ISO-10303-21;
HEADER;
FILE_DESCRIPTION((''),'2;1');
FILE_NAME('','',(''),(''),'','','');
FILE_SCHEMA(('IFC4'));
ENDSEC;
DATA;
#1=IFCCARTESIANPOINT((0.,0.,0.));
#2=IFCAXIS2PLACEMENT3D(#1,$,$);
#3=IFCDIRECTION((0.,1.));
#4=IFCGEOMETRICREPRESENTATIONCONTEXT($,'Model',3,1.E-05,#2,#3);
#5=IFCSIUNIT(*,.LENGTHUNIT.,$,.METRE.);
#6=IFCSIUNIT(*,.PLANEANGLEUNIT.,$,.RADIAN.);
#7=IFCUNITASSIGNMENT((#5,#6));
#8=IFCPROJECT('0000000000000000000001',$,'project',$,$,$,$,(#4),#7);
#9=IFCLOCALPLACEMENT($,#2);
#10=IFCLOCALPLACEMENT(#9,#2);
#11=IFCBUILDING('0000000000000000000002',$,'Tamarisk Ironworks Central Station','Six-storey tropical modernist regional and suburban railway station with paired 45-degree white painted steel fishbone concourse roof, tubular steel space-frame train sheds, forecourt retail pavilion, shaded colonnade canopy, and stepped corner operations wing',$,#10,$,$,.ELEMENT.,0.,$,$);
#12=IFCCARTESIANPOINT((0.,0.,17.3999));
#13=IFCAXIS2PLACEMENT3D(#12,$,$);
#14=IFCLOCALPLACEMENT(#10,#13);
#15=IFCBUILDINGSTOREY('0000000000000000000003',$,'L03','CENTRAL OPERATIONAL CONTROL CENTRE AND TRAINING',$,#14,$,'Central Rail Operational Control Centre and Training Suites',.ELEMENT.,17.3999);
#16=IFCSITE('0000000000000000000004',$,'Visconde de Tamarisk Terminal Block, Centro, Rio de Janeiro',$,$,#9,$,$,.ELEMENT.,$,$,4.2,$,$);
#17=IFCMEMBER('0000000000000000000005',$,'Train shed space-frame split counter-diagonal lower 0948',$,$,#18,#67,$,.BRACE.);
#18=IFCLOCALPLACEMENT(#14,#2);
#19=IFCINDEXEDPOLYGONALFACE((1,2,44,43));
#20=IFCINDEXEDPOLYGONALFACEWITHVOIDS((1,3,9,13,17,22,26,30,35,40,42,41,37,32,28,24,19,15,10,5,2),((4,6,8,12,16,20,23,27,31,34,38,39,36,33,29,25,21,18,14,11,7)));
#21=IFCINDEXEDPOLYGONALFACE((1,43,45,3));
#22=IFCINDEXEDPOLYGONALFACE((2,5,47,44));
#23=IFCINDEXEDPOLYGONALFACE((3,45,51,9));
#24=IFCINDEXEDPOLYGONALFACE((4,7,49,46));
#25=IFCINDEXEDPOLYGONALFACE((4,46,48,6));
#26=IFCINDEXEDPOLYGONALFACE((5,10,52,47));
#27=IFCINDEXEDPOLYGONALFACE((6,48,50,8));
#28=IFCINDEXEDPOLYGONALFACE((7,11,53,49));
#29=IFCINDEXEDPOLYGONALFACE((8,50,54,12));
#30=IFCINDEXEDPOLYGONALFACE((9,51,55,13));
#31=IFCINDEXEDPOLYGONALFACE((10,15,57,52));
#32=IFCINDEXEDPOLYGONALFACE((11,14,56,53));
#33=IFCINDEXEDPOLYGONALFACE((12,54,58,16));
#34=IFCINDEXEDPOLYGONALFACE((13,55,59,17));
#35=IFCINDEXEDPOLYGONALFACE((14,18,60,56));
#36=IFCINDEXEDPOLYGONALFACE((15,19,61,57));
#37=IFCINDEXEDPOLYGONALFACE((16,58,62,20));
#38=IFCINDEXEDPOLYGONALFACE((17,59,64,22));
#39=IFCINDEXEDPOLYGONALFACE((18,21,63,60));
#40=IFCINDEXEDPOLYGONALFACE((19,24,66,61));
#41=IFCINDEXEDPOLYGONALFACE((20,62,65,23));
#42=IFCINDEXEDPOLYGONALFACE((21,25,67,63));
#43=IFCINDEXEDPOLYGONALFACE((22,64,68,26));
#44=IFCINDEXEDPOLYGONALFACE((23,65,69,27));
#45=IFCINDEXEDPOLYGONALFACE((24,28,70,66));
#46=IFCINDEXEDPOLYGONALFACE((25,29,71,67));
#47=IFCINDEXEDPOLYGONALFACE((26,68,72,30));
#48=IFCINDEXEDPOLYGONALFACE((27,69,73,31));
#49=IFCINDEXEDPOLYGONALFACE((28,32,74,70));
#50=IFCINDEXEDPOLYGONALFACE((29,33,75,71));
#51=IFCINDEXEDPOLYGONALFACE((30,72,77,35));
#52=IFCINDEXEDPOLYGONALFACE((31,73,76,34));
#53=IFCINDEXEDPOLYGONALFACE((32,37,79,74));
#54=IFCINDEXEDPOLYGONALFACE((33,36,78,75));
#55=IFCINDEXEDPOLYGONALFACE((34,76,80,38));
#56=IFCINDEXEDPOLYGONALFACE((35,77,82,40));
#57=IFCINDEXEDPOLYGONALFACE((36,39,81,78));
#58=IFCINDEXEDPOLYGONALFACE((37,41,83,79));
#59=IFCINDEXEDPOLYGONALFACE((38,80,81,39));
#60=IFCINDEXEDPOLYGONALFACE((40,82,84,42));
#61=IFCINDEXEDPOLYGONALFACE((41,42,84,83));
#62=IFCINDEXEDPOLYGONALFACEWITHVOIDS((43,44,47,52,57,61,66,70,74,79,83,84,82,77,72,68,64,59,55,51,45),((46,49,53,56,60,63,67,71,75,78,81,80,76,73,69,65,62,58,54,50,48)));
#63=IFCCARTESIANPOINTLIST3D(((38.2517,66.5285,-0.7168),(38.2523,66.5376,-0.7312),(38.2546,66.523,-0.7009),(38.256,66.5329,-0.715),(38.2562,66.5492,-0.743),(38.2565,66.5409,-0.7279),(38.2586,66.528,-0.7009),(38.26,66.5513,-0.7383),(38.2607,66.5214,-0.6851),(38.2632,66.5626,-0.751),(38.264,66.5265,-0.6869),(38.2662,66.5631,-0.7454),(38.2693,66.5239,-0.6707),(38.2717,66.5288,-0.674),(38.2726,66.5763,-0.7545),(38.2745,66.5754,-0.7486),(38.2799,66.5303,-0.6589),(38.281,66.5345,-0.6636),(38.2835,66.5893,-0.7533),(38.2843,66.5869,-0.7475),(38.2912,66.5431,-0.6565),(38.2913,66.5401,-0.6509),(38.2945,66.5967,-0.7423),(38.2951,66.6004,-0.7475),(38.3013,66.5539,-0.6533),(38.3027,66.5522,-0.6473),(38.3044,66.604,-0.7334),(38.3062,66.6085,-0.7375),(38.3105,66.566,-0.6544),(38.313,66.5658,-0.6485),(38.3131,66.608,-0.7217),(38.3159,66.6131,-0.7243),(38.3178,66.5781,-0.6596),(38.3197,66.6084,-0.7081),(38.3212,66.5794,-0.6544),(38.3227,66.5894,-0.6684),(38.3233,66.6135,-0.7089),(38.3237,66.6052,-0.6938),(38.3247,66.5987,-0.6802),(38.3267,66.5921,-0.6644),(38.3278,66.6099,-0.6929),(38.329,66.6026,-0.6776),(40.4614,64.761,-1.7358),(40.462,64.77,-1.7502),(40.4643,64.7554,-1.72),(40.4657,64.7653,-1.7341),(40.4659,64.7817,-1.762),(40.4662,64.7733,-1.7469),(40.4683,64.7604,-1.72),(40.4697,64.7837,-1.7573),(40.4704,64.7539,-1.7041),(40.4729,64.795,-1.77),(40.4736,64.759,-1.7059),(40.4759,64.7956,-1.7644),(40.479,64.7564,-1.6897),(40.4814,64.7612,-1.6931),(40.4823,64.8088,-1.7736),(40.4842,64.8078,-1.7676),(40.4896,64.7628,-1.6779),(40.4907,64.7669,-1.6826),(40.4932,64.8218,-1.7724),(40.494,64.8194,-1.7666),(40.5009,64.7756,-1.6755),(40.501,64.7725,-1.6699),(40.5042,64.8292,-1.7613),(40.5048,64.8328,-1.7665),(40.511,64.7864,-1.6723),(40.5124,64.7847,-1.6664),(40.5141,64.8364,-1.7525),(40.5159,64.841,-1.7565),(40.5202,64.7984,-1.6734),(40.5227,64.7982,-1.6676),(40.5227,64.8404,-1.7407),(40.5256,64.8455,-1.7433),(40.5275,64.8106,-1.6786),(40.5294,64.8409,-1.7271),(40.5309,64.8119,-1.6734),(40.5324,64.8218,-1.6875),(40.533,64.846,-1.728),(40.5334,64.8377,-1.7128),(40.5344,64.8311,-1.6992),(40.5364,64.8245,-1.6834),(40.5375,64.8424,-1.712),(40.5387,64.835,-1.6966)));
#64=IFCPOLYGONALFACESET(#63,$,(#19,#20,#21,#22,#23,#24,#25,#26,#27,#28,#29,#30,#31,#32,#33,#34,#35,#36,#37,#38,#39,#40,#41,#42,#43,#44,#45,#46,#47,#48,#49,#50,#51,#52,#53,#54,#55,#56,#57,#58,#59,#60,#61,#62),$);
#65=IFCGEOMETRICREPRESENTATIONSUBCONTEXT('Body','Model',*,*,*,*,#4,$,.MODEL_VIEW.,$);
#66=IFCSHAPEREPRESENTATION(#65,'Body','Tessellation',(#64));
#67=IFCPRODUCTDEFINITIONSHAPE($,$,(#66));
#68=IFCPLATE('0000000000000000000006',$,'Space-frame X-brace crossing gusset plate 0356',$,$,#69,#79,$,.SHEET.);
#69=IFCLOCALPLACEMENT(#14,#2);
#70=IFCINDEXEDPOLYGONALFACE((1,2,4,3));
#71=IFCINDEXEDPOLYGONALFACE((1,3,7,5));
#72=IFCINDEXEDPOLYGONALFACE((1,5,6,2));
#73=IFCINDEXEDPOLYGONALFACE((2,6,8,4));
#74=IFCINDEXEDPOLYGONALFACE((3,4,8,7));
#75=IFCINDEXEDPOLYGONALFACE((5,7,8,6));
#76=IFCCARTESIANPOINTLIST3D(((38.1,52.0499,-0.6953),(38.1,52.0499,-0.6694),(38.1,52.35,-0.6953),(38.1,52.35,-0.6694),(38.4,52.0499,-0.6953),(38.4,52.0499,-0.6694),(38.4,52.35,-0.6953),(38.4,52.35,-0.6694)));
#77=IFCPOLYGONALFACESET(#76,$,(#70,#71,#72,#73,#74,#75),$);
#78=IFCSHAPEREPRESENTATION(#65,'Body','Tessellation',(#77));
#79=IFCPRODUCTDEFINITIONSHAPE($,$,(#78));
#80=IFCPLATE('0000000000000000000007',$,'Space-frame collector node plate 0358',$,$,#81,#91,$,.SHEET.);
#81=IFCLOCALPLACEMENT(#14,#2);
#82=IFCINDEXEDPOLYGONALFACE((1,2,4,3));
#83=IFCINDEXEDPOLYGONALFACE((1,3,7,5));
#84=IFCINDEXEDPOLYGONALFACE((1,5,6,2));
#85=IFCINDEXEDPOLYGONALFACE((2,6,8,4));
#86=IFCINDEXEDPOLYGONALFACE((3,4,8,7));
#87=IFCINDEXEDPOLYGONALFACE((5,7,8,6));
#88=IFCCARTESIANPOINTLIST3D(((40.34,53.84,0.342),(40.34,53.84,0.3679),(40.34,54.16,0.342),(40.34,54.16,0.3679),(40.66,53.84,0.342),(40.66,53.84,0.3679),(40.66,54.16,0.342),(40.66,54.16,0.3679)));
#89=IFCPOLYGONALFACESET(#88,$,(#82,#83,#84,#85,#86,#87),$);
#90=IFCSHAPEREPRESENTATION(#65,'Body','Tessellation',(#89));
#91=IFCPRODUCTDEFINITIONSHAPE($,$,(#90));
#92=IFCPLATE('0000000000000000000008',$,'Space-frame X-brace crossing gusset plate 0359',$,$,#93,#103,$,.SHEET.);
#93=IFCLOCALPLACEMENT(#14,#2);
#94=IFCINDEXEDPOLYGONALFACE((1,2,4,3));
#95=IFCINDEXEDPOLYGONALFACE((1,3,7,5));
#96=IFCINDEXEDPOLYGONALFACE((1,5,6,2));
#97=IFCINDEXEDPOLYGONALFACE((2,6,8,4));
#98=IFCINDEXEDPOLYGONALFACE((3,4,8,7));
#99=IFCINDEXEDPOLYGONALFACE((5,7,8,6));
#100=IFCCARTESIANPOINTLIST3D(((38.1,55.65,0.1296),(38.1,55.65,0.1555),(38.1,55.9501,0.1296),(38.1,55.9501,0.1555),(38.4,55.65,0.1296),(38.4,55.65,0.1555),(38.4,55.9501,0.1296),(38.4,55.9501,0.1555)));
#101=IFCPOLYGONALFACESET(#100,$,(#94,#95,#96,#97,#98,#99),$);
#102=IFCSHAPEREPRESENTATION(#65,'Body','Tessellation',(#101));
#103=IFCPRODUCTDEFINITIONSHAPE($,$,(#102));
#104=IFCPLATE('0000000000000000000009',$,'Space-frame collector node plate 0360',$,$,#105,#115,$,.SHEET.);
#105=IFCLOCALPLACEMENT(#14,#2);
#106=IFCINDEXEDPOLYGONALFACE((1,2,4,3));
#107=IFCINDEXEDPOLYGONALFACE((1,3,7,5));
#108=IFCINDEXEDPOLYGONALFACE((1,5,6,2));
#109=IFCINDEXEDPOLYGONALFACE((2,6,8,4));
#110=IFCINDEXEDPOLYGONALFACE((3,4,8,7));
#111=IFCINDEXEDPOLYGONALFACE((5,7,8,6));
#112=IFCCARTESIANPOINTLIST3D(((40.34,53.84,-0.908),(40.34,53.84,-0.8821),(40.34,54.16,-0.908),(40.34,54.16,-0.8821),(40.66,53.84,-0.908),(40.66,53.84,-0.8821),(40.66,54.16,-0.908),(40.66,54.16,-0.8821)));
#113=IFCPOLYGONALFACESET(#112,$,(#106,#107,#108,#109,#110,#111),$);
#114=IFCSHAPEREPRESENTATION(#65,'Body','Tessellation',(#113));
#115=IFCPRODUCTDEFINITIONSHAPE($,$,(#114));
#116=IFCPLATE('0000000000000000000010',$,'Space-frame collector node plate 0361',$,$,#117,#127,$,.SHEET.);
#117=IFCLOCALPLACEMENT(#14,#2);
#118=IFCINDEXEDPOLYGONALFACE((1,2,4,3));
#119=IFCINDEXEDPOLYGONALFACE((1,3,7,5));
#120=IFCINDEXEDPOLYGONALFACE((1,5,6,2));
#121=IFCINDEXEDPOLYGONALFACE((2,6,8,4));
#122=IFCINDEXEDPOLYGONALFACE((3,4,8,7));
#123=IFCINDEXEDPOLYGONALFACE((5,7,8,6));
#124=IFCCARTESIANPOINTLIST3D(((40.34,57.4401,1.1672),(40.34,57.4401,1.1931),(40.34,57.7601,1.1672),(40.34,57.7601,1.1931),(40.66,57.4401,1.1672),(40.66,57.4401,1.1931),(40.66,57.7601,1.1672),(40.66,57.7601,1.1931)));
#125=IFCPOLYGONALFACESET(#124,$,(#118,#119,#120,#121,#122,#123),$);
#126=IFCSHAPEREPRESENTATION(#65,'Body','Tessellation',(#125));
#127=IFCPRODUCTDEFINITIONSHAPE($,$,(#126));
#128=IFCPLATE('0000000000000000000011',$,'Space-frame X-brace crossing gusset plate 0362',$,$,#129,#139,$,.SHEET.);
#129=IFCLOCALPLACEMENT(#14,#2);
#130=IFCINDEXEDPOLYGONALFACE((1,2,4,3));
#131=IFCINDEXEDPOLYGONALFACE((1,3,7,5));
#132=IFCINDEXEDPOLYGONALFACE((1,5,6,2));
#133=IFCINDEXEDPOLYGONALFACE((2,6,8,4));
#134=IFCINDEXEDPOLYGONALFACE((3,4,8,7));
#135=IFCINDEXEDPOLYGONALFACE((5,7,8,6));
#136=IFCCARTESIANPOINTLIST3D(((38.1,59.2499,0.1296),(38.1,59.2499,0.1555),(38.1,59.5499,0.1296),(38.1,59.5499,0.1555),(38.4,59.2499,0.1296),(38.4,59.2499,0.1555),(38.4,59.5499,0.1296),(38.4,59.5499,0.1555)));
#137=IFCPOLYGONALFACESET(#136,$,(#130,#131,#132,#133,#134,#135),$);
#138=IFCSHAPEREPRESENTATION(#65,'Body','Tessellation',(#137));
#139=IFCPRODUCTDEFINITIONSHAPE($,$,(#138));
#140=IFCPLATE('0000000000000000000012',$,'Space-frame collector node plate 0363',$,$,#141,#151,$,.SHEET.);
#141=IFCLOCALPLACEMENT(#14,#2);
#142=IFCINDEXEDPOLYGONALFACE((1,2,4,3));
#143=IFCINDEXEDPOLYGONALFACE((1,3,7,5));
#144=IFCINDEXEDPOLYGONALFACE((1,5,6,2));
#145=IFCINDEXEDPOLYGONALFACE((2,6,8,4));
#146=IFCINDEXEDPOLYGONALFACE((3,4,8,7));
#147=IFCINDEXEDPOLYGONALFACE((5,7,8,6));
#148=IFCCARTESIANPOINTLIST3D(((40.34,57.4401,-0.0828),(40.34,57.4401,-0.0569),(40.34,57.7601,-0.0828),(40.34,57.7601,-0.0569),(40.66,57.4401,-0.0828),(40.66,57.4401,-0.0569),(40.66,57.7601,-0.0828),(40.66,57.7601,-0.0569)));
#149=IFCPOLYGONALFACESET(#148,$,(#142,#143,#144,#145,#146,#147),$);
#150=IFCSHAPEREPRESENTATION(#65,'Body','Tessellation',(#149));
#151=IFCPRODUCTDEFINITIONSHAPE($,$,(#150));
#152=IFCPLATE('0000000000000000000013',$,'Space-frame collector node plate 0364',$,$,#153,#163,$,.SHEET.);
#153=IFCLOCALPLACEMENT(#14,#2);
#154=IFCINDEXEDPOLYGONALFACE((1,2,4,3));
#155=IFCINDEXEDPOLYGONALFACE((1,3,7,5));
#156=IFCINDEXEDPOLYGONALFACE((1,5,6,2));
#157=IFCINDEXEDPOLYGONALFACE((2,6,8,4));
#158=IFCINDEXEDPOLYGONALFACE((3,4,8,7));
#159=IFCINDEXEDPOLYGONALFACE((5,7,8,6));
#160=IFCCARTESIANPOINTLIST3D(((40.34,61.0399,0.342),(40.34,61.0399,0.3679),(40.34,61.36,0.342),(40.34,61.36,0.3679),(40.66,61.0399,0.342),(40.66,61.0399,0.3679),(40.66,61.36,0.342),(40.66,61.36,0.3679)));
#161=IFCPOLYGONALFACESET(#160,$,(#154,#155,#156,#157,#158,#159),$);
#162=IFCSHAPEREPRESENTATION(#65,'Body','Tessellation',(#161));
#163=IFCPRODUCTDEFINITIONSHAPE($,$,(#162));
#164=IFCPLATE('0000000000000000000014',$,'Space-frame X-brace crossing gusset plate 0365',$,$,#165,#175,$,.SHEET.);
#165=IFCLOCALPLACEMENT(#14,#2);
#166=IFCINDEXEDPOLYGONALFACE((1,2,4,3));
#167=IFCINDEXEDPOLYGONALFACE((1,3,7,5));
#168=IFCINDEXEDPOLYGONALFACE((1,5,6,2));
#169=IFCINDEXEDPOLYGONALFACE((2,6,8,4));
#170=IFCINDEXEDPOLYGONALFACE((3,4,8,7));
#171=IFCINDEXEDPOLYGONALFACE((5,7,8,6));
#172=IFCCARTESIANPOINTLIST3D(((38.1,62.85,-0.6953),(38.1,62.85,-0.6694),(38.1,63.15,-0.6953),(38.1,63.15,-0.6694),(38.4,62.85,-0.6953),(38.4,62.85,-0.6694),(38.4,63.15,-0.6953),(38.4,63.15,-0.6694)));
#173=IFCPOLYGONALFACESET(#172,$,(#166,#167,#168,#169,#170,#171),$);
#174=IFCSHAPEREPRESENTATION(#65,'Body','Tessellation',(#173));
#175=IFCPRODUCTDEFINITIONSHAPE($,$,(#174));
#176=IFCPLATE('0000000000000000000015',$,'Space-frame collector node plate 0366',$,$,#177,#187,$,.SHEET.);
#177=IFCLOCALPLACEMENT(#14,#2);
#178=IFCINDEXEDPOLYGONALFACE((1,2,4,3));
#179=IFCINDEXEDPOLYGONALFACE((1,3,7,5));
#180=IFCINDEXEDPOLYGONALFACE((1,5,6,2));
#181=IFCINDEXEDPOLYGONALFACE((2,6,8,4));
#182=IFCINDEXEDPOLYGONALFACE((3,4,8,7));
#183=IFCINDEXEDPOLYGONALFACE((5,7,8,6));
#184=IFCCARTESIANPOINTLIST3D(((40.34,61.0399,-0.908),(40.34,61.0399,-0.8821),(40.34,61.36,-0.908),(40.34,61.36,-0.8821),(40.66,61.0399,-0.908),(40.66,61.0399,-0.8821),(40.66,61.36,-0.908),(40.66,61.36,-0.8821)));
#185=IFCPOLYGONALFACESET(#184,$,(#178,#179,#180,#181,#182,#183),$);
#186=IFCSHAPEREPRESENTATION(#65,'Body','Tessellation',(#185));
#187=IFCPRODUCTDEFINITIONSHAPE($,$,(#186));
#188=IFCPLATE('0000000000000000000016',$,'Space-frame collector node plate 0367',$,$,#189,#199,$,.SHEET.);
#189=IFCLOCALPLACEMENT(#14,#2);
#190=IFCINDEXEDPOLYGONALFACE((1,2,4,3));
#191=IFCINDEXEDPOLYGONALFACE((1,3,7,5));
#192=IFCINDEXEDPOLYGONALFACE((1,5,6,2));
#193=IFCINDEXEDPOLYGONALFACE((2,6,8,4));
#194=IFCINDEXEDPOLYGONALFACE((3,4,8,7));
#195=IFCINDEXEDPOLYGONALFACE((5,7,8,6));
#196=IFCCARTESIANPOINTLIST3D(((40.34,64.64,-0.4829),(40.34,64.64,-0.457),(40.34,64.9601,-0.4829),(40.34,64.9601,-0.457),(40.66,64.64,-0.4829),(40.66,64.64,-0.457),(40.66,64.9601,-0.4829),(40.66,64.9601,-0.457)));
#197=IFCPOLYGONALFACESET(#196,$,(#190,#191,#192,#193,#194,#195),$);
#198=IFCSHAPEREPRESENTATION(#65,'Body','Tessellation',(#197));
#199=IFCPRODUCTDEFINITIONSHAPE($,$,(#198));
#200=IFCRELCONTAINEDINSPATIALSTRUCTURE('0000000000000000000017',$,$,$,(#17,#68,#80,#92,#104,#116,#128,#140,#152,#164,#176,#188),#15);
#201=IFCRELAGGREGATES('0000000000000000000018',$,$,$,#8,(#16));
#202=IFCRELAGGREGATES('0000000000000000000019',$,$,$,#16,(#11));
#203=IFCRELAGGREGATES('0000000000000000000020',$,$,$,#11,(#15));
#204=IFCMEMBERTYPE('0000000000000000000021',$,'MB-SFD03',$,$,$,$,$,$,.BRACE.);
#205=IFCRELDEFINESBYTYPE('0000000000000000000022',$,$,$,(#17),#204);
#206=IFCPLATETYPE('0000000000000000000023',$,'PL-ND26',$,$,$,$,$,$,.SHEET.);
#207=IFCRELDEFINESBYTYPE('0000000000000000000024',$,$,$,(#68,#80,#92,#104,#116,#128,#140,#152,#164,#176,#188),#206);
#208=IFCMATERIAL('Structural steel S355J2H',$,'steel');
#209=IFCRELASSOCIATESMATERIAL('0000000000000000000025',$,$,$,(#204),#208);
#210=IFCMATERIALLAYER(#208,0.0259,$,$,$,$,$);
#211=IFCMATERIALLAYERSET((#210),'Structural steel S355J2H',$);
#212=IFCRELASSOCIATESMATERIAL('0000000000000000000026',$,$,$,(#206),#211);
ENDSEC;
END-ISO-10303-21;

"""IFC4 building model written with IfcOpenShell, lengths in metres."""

from ifc_helpers import new_model, si_unit, direction, frame, origin, origin_2d, place, context, subcontext, project, spatial, rectangle, hollow_circle, extrude, material, layer, layer_set, material_profile, profile_set, type_object, element, save


model = new_model("IFC4")

# Units and contexts
model_context = context("Model", 3, precision=1e-05, world=origin(), true_north=direction((0.0, 1.0)))
body_context = subcontext(model_context, "Body", "Model", "MODEL_VIEW")
ifc_project = project(units=[si_unit("LENGTHUNIT", "METRE"), si_unit("PLANEANGLEUNIT", "RADIAN")], contexts=[model_context])

# Site, building, storey
site_placement = place(None, origin())
site = spatial("IfcSite", under=ifc_project, at=site_placement, Name="Visconde de Tamarisk Terminal Block, Centro, Rio de Janeiro", CompositionType="ELEMENT", RefElevation=4.2)
building_placement = place(site_placement, origin())
building = spatial("IfcBuilding", under=site, at=building_placement, Name="Tamarisk Ironworks Central Station", Description="Six-storey tropical modernist regional and suburban railway station with paired 45-degree white painted steel fishbone concourse roof, tubular steel space-frame train sheds, forecourt retail pavilion, shaded colonnade canopy, and stepped corner operations wing", CompositionType="ELEMENT", ElevationOfRefHeight=0.0)
storey_placement = place(building_placement, frame((0.0, 0.0, 17.3999)))
storey = spatial("IfcBuildingStorey", under=building, at=storey_placement, Name="L03", Description="CENTRAL OPERATIONAL CONTROL CENTRE AND TRAINING", LongName="Central Rail Operational Control Centre and Training Suites", CompositionType="ELEMENT", Elevation=17.3999)

# Member
ifc_material = material(Name="Structural steel S355J2H", Category="steel")
ifc_material_profile_1 = material_profile(ifc_material, hollow_circle(Radius=0.0571, WallThickness=0.0063, at=origin_2d()), Name="CHS 114.3x6.3")
ifc_profile_set_1 = profile_set([ifc_material_profile_1], Name="Structural steel S355J2H")
member_type_1 = type_object("IfcMemberType", Name="MB-SFD03", PredefinedType="BRACE", material=ifc_profile_set_1)
member_1_placement = place(storey_placement, frame((40.5, 64.8, -1.72), z_axis=(-0.734712, 0.587705, 0.338823), x_axis=(-0.624653, -0.780902, 0.0)))
element("IfcMember", 1, at=member_1_placement, inside=storey, type_object=member_type_1, Name="Train shed space-frame split counter-diagonal lower 0948", PredefinedType="BRACE", context=body_context, shape_type="SweptSolid", body=[
    extrude(hollow_circle(Radius=0.0571, WallThickness=0.0063, at=origin_2d()), origin(), (0.0, 0.0, 1.0), 3.0076),
])

# Plates
ifc_layer = layer(ifc_material, 0.0259)
ifc_layer_set = layer_set([ifc_layer], Name="Structural steel S355J2H")
plate_type = type_object("IfcPlateType", Name="PL-ND26", PredefinedType="SHEET", material=ifc_layer_set)
plate_1_placement = place(storey_placement, frame((38.25, 52.2, -0.6953), z_axis=(0.0, 0.0, 1.0), x_axis=(1.0, 0.0, 0.0)))
element("IfcPlate", 2, at=plate_1_placement, inside=storey, type_object=plate_type, Name="Space-frame X-brace crossing gusset plate 0356", PredefinedType="SHEET", context=body_context, shape_type="SweptSolid", body=[
    extrude(rectangle(XDim=0.3, YDim=0.3, at=origin_2d()), origin(), (0.0, 0.0, 1.0), 0.0259),
])
plate_2_placement = place(storey_placement, frame((40.5, 54.0, 0.342), z_axis=(0.0, 0.0, 1.0), x_axis=(1.0, 0.0, 0.0)))
element("IfcPlate", 3, at=plate_2_placement, inside=storey, type_object=plate_type, Name="Space-frame collector node plate 0358", PredefinedType="SHEET", context=body_context, shape_type="SweptSolid", body=[
    extrude(rectangle(XDim=0.3201, YDim=0.3201, at=origin_2d()), origin(), (0.0, 0.0, 1.0), 0.0259),
])
plate_3_placement = place(storey_placement, frame((38.25, 55.8, 0.1296), z_axis=(0.0, 0.0, 1.0), x_axis=(1.0, 0.0, 0.0)))
element("IfcPlate", 4, at=plate_3_placement, inside=storey, type_object=plate_type, Name="Space-frame X-brace crossing gusset plate 0359", PredefinedType="SHEET", context=body_context, shape_type="SweptSolid", body=[
    extrude(rectangle(XDim=0.3, YDim=0.3, at=origin_2d()), origin(), (0.0, 0.0, 1.0), 0.0259),
])
for number, where, z_axis, x_axis, name in (
    (5, (40.5, 54.0, -0.908), (0.0, 0.0, 1.0), (1.0, 0.0, 0.0), "Space-frame collector node plate 0360"),
    (6, (40.5, 57.6001, 1.1672), (0.0, 0.0, 1.0), (1.0, 0.0, 0.0), "Space-frame collector node plate 0361"),
):
    element("IfcPlate", number, at=place(storey_placement, frame(where, z_axis=z_axis, x_axis=x_axis)), inside=storey, type_object=plate_type, Name=name, PredefinedType="SHEET", context=body_context, shape_type="SweptSolid", body=[
        extrude(rectangle(XDim=0.3201, YDim=0.3201, at=origin_2d()), origin(), (0.0, 0.0, 1.0), 0.0259),
    ])
plate_4_placement = place(storey_placement, frame((38.25, 59.3999, 0.1296), z_axis=(0.0, 0.0, 1.0), x_axis=(1.0, 0.0, 0.0)))
element("IfcPlate", 7, at=plate_4_placement, inside=storey, type_object=plate_type, Name="Space-frame X-brace crossing gusset plate 0362", PredefinedType="SHEET", context=body_context, shape_type="SweptSolid", body=[
    extrude(rectangle(XDim=0.3, YDim=0.3, at=origin_2d()), origin(), (0.0, 0.0, 1.0), 0.0259),
])
for number, where, z_axis, x_axis, name in (
    (8, (40.5, 57.6001, -0.0828), (0.0, 0.0, 1.0), (1.0, 0.0, 0.0), "Space-frame collector node plate 0363"),
    (9, (40.5, 61.2, 0.342), (0.0, 0.0, 1.0), (1.0, 0.0, 0.0), "Space-frame collector node plate 0364"),
):
    element("IfcPlate", number, at=place(storey_placement, frame(where, z_axis=z_axis, x_axis=x_axis)), inside=storey, type_object=plate_type, Name=name, PredefinedType="SHEET", context=body_context, shape_type="SweptSolid", body=[
        extrude(rectangle(XDim=0.3201, YDim=0.3201, at=origin_2d()), origin(), (0.0, 0.0, 1.0), 0.0259),
    ])
plate_5_placement = place(storey_placement, frame((38.25, 63.0, -0.6953), z_axis=(0.0, 0.0, 1.0), x_axis=(1.0, 0.0, 0.0)))
element("IfcPlate", 10, at=plate_5_placement, inside=storey, type_object=plate_type, Name="Space-frame X-brace crossing gusset plate 0365", PredefinedType="SHEET", context=body_context, shape_type="SweptSolid", body=[
    extrude(rectangle(XDim=0.3, YDim=0.3, at=origin_2d()), origin(), (0.0, 0.0, 1.0), 0.0259),
])
for number, where, z_axis, x_axis, name in (
    (11, (40.5, 61.2, -0.908), (0.0, 0.0, 1.0), (1.0, 0.0, 0.0), "Space-frame collector node plate 0366"),
    (12, (40.5, 64.8, -0.4829), (0.0, 0.0, 1.0), (1.0, 0.0, 0.0), "Space-frame collector node plate 0367"),
):
    element("IfcPlate", number, at=place(storey_placement, frame(where, z_axis=z_axis, x_axis=x_axis)), inside=storey, type_object=plate_type, Name=name, PredefinedType="SHEET", context=body_context, shape_type="SweptSolid", body=[
        extrude(rectangle(XDim=0.3201, YDim=0.3201, at=origin_2d()), origin(), (0.0, 0.0, 1.0), 0.0259),
    ])

save(model, "model.ifc")
